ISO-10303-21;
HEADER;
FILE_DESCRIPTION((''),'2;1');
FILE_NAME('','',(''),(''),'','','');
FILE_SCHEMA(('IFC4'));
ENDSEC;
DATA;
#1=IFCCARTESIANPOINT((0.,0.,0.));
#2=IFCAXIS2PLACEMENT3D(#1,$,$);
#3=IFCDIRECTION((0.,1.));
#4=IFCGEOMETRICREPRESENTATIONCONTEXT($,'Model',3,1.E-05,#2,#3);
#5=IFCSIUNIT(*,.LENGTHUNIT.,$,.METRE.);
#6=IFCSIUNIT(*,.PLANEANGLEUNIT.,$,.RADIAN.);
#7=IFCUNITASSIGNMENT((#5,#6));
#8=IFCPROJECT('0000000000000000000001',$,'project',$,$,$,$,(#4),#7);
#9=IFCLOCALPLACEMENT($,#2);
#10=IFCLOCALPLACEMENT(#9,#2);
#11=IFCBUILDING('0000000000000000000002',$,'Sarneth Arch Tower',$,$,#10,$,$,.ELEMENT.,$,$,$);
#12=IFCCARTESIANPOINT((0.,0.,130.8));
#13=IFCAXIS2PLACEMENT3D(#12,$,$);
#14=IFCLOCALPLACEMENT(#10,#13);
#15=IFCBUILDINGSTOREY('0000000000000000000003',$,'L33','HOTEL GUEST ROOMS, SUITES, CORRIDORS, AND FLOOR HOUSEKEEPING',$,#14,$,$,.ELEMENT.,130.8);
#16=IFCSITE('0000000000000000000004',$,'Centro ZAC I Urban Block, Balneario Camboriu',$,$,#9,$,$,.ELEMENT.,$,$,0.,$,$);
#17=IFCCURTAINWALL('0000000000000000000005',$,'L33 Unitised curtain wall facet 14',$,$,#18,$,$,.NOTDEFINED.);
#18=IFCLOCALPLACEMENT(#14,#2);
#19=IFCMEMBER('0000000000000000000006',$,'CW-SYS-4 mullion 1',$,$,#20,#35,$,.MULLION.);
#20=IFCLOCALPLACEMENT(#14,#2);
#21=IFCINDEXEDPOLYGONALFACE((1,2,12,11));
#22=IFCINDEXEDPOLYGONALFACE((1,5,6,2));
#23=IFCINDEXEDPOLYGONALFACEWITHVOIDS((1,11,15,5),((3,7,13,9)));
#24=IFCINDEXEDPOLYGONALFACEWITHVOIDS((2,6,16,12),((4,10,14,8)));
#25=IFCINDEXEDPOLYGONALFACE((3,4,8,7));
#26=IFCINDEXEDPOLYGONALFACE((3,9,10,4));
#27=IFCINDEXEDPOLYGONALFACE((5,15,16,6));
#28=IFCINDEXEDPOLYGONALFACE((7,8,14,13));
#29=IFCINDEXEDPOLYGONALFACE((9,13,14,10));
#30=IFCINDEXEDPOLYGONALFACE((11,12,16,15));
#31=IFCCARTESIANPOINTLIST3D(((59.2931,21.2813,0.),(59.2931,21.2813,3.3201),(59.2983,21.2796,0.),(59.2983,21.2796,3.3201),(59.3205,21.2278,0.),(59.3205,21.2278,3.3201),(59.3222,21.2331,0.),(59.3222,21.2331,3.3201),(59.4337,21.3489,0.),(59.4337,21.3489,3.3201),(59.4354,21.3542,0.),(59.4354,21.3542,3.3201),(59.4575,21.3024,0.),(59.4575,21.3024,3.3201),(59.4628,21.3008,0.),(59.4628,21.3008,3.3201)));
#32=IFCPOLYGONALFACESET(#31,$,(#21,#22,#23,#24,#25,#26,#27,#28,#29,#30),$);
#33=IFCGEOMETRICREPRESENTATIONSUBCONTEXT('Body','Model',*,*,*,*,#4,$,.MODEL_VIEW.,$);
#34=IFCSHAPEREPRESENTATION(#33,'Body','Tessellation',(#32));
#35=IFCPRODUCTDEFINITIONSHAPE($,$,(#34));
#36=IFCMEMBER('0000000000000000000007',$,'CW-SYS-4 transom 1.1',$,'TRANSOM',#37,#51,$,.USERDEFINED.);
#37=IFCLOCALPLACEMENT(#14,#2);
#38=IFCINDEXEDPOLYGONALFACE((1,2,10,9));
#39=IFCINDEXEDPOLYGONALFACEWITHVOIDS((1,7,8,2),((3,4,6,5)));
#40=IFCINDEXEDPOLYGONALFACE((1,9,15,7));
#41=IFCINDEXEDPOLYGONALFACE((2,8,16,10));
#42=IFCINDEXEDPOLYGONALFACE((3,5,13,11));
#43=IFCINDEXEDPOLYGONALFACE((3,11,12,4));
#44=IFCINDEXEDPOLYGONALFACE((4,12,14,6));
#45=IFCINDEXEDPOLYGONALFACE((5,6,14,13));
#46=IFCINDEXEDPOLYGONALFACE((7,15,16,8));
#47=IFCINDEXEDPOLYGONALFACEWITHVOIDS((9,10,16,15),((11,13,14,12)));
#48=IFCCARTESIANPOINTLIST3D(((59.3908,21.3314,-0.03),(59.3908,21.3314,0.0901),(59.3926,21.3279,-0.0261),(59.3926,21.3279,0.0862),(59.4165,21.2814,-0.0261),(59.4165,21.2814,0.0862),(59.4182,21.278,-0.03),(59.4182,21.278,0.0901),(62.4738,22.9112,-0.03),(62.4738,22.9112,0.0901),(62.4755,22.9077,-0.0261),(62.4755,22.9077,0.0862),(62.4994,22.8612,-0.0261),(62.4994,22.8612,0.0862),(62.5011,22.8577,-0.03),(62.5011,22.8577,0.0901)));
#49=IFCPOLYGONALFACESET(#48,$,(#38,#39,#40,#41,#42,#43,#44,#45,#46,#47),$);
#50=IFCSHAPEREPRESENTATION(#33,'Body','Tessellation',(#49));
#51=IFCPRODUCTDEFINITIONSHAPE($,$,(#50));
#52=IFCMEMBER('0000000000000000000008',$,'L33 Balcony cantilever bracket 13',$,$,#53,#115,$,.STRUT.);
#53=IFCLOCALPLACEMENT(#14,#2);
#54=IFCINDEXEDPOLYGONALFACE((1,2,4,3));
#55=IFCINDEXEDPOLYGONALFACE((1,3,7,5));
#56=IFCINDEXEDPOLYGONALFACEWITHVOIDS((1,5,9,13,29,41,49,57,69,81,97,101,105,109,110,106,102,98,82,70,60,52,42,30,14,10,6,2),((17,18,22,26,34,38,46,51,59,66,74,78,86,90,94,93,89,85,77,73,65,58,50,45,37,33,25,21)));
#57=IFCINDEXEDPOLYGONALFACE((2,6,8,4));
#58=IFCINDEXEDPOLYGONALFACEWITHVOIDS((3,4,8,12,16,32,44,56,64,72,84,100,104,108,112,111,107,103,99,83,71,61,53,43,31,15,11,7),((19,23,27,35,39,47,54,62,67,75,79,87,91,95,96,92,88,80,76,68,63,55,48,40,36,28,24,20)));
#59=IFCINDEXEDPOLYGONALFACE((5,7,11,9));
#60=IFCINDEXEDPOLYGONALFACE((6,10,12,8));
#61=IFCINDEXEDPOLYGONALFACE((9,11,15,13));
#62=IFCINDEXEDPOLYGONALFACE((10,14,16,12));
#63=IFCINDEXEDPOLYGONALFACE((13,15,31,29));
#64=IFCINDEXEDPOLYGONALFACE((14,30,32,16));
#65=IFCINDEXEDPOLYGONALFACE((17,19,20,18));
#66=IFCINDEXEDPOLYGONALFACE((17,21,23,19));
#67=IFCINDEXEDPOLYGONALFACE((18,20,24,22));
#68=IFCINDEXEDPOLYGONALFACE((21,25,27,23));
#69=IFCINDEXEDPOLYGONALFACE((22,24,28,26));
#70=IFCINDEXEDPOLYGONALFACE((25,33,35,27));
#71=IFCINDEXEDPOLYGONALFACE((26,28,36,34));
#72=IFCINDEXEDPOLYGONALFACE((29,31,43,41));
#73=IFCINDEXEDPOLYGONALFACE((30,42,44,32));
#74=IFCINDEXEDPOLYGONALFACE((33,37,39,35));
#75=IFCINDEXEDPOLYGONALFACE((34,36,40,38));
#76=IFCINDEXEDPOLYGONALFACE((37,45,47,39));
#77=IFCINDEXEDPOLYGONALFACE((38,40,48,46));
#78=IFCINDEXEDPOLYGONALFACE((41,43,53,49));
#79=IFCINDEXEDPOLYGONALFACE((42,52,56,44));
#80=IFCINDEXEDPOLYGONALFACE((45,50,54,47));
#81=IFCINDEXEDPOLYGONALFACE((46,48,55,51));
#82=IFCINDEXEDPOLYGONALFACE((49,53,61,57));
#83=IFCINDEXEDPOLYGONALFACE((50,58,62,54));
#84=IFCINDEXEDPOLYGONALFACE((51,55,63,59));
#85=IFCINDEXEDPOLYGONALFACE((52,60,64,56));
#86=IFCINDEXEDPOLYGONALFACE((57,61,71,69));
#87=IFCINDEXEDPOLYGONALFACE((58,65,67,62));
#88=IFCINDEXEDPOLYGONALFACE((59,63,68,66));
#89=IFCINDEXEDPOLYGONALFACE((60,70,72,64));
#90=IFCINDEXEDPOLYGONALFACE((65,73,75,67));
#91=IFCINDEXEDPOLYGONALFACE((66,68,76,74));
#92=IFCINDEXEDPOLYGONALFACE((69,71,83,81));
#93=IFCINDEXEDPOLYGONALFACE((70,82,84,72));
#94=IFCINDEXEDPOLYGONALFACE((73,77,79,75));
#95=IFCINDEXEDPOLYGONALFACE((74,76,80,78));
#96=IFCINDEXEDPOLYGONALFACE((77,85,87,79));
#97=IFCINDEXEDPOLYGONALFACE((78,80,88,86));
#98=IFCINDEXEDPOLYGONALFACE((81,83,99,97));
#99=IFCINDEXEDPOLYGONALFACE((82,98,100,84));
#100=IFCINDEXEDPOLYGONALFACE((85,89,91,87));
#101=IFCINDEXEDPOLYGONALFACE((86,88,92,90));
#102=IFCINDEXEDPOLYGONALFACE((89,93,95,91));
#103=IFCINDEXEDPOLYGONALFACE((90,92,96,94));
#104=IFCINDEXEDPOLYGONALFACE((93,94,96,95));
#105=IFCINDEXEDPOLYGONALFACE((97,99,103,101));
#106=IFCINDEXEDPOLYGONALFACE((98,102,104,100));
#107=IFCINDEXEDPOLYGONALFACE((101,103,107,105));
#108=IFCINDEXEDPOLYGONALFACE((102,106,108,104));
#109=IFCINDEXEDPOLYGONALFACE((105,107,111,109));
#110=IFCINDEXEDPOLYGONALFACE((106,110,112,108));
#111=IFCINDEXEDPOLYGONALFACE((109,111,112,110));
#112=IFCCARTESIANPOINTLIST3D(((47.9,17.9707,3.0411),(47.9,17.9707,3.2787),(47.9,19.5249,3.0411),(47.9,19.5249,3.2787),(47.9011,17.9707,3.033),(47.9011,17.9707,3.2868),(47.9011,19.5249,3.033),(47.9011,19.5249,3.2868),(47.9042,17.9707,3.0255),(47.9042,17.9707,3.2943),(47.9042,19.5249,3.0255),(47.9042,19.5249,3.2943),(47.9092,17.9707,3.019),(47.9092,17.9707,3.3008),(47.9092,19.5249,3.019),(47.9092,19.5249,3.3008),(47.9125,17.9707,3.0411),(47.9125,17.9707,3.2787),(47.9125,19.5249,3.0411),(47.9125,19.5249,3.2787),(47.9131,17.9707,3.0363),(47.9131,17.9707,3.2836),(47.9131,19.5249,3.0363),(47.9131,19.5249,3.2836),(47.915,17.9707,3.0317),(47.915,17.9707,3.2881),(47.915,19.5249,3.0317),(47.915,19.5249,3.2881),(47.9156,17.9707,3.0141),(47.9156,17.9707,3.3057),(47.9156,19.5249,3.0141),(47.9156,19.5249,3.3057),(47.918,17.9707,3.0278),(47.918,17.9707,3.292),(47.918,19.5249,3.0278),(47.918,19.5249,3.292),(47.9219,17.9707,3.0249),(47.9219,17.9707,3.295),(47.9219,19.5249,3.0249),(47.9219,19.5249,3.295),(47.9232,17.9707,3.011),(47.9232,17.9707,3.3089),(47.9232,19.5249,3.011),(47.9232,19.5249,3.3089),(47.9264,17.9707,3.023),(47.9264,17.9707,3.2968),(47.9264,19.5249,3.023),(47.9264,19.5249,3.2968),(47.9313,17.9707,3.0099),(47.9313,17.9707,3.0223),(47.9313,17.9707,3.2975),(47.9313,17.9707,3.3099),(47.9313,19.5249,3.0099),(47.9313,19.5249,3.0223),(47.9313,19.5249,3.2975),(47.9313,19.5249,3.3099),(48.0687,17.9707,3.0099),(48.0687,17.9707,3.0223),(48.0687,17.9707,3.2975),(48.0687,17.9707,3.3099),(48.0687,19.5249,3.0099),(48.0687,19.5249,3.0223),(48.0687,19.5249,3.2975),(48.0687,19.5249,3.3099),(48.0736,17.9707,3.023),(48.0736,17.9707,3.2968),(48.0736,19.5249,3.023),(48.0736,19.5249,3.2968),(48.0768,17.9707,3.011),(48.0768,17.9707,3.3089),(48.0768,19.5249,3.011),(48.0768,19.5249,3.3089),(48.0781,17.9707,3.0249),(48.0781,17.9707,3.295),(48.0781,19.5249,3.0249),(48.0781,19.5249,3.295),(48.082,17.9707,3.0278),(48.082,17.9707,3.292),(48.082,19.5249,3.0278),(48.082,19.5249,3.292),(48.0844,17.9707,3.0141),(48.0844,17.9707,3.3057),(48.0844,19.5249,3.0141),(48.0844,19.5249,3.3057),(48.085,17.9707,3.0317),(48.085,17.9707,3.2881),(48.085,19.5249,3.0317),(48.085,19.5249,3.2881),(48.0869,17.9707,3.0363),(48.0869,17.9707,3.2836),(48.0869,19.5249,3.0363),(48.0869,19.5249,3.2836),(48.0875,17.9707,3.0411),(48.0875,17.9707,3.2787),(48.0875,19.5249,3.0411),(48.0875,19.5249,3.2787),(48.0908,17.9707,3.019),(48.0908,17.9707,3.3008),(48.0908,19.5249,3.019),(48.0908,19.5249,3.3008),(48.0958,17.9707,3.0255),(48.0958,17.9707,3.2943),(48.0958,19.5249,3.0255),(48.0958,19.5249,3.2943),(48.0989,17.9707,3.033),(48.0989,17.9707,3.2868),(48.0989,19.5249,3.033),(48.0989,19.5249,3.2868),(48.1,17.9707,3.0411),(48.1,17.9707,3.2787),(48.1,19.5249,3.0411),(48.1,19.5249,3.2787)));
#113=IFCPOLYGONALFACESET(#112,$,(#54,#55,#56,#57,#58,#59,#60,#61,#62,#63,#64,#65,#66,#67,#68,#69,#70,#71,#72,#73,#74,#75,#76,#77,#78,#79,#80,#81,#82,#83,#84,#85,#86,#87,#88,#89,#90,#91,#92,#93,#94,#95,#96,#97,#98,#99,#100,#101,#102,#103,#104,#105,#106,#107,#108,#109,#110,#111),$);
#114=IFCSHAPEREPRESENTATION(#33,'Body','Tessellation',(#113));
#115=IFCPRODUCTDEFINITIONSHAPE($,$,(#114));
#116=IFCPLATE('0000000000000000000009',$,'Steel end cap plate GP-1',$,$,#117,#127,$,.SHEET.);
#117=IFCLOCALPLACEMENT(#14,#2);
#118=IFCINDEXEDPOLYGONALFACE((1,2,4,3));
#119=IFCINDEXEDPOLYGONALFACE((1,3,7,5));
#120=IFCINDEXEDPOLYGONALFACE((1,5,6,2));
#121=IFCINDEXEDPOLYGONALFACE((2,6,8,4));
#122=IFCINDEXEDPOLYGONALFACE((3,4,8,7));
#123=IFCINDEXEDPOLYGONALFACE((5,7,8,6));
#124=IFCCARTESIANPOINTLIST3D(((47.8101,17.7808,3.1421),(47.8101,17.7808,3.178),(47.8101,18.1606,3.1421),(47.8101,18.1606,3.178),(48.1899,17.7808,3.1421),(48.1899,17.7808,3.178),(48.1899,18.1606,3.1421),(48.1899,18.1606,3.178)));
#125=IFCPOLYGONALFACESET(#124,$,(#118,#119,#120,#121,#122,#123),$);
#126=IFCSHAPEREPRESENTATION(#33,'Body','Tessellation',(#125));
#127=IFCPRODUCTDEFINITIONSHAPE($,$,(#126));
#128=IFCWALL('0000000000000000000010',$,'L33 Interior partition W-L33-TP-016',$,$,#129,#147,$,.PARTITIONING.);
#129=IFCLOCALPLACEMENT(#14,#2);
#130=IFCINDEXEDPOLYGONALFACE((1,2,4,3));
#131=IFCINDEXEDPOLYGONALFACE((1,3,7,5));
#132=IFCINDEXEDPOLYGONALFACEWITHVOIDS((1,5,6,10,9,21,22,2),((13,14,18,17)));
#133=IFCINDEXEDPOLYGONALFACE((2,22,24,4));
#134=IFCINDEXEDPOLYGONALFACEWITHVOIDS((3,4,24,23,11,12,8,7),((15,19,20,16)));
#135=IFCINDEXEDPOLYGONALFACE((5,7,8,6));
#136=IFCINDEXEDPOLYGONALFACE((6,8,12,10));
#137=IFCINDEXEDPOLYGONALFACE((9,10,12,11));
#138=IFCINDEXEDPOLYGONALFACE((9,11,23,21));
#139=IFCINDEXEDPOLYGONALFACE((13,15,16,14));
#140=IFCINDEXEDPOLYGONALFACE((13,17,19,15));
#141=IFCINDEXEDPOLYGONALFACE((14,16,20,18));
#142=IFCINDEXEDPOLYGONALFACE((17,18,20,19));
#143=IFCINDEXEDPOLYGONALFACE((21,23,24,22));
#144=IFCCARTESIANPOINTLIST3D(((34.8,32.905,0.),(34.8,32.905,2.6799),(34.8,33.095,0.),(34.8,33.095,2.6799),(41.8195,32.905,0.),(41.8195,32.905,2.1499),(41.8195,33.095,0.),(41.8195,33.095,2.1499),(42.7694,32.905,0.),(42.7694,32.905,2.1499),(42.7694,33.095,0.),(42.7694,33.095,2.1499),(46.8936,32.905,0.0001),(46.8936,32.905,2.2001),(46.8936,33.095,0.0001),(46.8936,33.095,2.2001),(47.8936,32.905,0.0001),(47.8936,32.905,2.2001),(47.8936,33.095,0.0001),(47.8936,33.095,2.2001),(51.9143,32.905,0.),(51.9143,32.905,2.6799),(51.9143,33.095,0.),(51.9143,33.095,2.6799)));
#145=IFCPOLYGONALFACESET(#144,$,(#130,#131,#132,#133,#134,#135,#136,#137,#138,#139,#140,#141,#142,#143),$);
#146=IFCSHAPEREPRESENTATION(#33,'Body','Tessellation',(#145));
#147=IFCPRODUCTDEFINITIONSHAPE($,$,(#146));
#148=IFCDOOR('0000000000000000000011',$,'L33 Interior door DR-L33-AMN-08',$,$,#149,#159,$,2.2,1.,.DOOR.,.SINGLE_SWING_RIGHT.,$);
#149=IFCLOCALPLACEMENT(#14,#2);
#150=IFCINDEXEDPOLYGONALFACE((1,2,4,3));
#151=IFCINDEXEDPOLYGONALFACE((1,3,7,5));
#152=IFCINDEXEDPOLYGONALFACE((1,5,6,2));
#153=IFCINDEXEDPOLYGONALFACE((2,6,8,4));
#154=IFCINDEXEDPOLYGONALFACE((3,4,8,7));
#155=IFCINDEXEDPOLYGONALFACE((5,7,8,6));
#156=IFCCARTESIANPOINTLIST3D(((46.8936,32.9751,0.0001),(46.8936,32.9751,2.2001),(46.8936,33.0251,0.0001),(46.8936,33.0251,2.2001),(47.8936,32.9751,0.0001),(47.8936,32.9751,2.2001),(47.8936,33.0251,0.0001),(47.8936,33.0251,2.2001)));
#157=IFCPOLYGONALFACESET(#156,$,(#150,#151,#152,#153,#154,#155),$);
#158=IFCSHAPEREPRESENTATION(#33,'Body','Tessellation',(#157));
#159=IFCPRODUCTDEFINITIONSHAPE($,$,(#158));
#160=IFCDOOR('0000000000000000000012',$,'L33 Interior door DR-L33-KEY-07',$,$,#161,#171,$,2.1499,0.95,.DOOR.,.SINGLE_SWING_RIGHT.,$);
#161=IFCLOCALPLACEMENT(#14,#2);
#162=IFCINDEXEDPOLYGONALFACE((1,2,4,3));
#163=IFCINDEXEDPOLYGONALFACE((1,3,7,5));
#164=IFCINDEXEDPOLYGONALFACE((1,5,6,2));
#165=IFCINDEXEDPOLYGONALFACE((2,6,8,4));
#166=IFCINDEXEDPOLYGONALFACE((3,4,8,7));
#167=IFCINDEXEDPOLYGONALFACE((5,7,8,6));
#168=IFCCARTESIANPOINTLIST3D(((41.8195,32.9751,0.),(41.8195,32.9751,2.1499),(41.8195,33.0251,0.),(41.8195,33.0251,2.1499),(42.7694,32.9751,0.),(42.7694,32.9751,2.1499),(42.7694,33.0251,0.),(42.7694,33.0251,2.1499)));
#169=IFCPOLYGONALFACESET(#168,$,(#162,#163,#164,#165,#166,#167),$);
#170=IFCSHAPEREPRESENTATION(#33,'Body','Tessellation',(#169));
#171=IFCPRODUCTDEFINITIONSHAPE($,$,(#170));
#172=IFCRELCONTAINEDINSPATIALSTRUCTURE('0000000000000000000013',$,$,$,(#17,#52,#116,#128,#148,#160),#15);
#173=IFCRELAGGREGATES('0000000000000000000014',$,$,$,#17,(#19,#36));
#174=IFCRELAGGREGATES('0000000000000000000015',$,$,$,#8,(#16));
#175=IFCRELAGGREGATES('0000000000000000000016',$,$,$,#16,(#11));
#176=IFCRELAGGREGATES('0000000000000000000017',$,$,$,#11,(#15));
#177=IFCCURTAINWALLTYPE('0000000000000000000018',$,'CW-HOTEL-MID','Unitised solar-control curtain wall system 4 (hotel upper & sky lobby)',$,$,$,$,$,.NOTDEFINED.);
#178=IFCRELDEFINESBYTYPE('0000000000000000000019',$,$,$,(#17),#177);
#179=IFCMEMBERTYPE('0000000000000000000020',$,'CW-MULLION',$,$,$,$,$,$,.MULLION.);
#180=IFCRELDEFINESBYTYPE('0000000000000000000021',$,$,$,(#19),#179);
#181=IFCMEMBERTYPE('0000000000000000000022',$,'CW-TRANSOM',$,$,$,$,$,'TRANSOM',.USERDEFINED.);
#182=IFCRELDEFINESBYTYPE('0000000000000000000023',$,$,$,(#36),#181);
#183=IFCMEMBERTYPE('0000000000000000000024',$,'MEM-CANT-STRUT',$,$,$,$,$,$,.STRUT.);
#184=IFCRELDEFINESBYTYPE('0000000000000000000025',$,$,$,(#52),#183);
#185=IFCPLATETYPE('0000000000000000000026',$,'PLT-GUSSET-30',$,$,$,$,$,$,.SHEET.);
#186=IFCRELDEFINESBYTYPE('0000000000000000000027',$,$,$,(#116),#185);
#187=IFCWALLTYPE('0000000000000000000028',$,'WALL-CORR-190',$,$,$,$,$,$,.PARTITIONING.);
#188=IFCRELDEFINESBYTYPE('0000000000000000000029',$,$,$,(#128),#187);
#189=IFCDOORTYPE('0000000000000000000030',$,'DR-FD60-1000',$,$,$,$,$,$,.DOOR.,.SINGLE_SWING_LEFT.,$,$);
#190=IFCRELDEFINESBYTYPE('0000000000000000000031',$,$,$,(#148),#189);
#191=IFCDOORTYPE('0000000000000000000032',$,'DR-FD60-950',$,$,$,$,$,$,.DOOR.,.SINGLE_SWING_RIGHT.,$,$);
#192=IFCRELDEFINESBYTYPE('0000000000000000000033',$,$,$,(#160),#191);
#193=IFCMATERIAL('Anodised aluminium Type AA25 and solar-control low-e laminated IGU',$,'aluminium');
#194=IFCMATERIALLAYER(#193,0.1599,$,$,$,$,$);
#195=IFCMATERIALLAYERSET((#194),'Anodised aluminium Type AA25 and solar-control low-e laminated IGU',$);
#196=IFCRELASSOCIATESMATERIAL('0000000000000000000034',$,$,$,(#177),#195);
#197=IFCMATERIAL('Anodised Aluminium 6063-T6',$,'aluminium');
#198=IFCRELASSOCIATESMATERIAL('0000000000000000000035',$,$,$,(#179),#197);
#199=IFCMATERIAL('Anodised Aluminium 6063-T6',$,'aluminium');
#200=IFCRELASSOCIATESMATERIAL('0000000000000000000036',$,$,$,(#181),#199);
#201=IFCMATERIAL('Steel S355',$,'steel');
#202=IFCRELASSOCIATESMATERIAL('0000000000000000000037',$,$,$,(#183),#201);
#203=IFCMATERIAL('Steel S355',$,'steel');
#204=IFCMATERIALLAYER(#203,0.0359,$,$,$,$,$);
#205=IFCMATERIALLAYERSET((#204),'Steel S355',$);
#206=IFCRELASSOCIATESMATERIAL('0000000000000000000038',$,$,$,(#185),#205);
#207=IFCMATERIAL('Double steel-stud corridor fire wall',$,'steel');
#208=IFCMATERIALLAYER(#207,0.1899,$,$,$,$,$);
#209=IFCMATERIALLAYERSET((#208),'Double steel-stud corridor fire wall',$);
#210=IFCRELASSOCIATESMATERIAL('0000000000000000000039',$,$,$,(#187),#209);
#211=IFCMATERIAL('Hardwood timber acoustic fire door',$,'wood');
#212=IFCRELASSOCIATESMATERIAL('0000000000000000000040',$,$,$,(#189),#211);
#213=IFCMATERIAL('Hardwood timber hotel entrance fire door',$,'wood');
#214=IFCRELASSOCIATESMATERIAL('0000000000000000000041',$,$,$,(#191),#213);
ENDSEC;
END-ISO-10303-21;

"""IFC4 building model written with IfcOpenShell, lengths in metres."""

from ifc_helpers import new_model, si_unit, direction, frame, frame_2d, origin, origin_2d, place, context, subcontext, project, spatial, rectangle, hollow_rectangle, extrude, material, layer, layer_set, material_profile, profile_set, type_object, element, fill, aggregate, save


model = new_model("IFC4")

# Units and contexts
model_context = context("Model", 3, precision=1e-05, world=origin(), true_north=direction((0.0, 1.0)))
body_context = subcontext(model_context, "Body", "Model", "MODEL_VIEW")
ifc_project = project(units=[si_unit("LENGTHUNIT", "METRE"), si_unit("PLANEANGLEUNIT", "RADIAN")], contexts=[model_context])

# Site, building, storey
site_placement = place(None, origin())
site = spatial("IfcSite", under=ifc_project, at=site_placement, Name="Centro ZAC I Urban Block, Balneario Camboriu", CompositionType="ELEMENT", RefElevation=0.0)
building_placement = place(site_placement, origin())
building = spatial("IfcBuilding", under=site, at=building_placement, Name="Sarneth Arch Tower", CompositionType="ELEMENT")
storey_placement = place(building_placement, frame((0.0, 0.0, 130.8)))
storey = spatial("IfcBuildingStorey", under=building, at=storey_placement, Name="L33", Description="HOTEL GUEST ROOMS, SUITES, CORRIDORS, AND FLOOR HOUSEKEEPING", CompositionType="ELEMENT", Elevation=130.8)

# Curtain wall, members
ifc_material_1 = material(Name="Anodised aluminium Type AA25 and solar-control low-e laminated IGU", Category="aluminium")
ifc_layer_1 = layer(ifc_material_1, 0.1599)
ifc_layer_set_1 = layer_set([ifc_layer_1], Name="Anodised aluminium Type AA25 and solar-control low-e laminated IGU")
curtain_wall_type = type_object("IfcCurtainWallType", Name="CW-HOTEL-MID", Description="Unitised solar-control curtain wall system 4 (hotel upper & sky lobby)", PredefinedType="NOTDEFINED", material=ifc_layer_set_1)
curtain_wall_placement = place(storey_placement, origin())
curtain_wall = element("IfcCurtainWall", 1, at=curtain_wall_placement, inside=storey, type_object=curtain_wall_type, Name="L33 Unitised curtain wall facet 14", PredefinedType="NOTDEFINED")
ifc_material_2 = material(Name="Anodised Aluminium 6063-T6", Category="aluminium")
ifc_material_profile_1 = material_profile(ifc_material_2, hollow_rectangle(XDim=0.0601, YDim=0.1599, WallThickness=0.0039, at=origin_2d()), Name="AL-MULL-160x60x4")
ifc_profile_set_1 = profile_set([ifc_material_profile_1], Name="Anodised Aluminium 6063-T6")
member_type_1 = type_object("IfcMemberType", Name="CW-MULLION", PredefinedType="MULLION", material=ifc_profile_set_1)
member_1_placement = place(storey_placement, frame((59.3779, 21.291, 0.0), z_axis=(0.0, 0.0, 1.0), x_axis=(-0.456031, 0.889964, 0.0)))
member_1 = element("IfcMember", 2, at=member_1_placement, type_object=member_type_1, Name="CW-SYS-4 mullion 1", PredefinedType="MULLION", context=body_context, shape_type="SweptSolid", body=[
    extrude(hollow_rectangle(XDim=0.0601, YDim=0.1599, WallThickness=0.0039, at=origin_2d()), origin(), (0.0, 0.0, 1.0), 3.3201),
])
ifc_material_3 = material(Name="Anodised Aluminium 6063-T6", Category="aluminium")
ifc_material_profile_2 = material_profile(ifc_material_3, hollow_rectangle(XDim=0.0601, YDim=0.1201, WallThickness=0.0039, at=origin_2d()), Name="AL-TRAN-120x60x4")
ifc_profile_set_2 = profile_set([ifc_material_profile_2], Name="Anodised Aluminium 6063-T6")
member_type_2 = type_object("IfcMemberType", Name="CW-TRANSOM", ElementType="TRANSOM", PredefinedType="USERDEFINED", material=ifc_profile_set_2)
member_2_placement = place(storey_placement, frame((59.4045, 21.3047, 0.03), z_axis=(0.889958, 0.456043, 0.0), x_axis=(-0.456043, 0.889958, 0.0)))
member_2 = element("IfcMember", 3, at=member_2_placement, type_object=member_type_2, Name="CW-SYS-4 transom 1.1", ObjectType="TRANSOM", PredefinedType="USERDEFINED", context=body_context, shape_type="SweptSolid", body=[
    extrude(hollow_rectangle(XDim=0.0601, YDim=0.1201, WallThickness=0.0039, at=origin_2d()), origin(), (0.0, 0.0, 1.0), 3.4641),
])
aggregate(curtain_wall, [member_1, member_2])

# Member
ifc_material_4 = material(Name="Steel S355", Category="steel")
ifc_material_profile_3 = material_profile(ifc_material_4, hollow_rectangle(XDim=0.2, YDim=0.3, WallThickness=0.0125, InnerFilletRadius=0.0188, OuterFilletRadius=0.0312, at=origin_2d()), Name="RHS300x200x12.5")
ifc_profile_set_3 = profile_set([ifc_material_profile_3], Name="Steel S355")
member_type_3 = type_object("IfcMemberType", Name="MEM-CANT-STRUT", PredefinedType="STRUT", material=ifc_profile_set_3)
member_3_placement = place(storey_placement, frame((48.0, 19.5249, 3.1599), z_axis=(0.0, -1.0, 0.0), x_axis=(1.0, 0.0, 0.0)))
element("IfcMember", 4, at=member_3_placement, inside=storey, type_object=member_type_3, Name="L33 Balcony cantilever bracket 13", PredefinedType="STRUT", context=body_context, shape_type="SweptSolid", body=[
    extrude(hollow_rectangle(XDim=0.2, YDim=0.3, WallThickness=0.0125, InnerFilletRadius=0.0188, OuterFilletRadius=0.0312, at=origin_2d()), origin(), (0.0, 0.0, 1.0), 1.5542),
])

# Plate
ifc_material_5 = material(Name="Steel S355", Category="steel")
ifc_layer_2 = layer(ifc_material_5, 0.0359)
ifc_layer_set_2 = layer_set([ifc_layer_2], Name="Steel S355")
plate_type = type_object("IfcPlateType", Name="PLT-GUSSET-30", PredefinedType="SHEET", material=ifc_layer_set_2)
plate_placement = place(storey_placement, frame((48.0, 17.9707, 3.1421), z_axis=(0.0, 0.0, 1.0), x_axis=(0.0, -1.0, 0.0)))
element("IfcPlate", 5, at=plate_placement, inside=storey, type_object=plate_type, Name="Steel end cap plate GP-1", PredefinedType="SHEET", context=body_context, shape_type="SweptSolid", body=[
    extrude(rectangle(XDim=0.3799, YDim=0.3799, at=origin_2d()), origin(), (0.0, 0.0, 1.0), 0.0359),
])

# Wall, openings, doors
ifc_material_6 = material(Name="Double steel-stud corridor fire wall", Category="steel")
ifc_layer_3 = layer(ifc_material_6, 0.1899)
ifc_layer_set_3 = layer_set([ifc_layer_3], Name="Double steel-stud corridor fire wall")
wall_type_1 = type_object("IfcWallType", Name="WALL-CORR-190", PredefinedType="PARTITIONING", material=ifc_layer_set_3)
wall_1_placement = place(storey_placement, frame((51.9143, 33.0, 0.0), z_axis=(0.0, 0.0, 1.0), x_axis=(-1.0, 0.0, 0.0)))
wall_1 = element("IfcWall", 6, at=wall_1_placement, inside=storey, type_object=wall_type_1, Name="L33 Interior partition W-L33-TP-016", PredefinedType="PARTITIONING", context=body_context, shape_type="SweptSolid", body=[
    extrude(rectangle(XDim=17.1143, YDim=0.1899, at=frame_2d((8.5571, 0.0))), origin(), (0.0, 0.0, 1.0), 2.6799),
])
opening_1_placement = place(wall_1_placement, frame((4.0208, 0.0, 0.0)))
opening_1 = element("IfcOpeningElement", 7, at=opening_1_placement, cuts=wall_1, PredefinedType="OPENING", context=body_context, shape_type="SweptSolid", body=[
    extrude(rectangle(XDim=1.0, YDim=2.2, at=frame_2d((0.5, 1.1001))), frame((0.0, 0.105, 0.0), z_axis=(0.0, -1.0, 0.0), x_axis=(1.0, 0.0, 0.0)), (0.0, 0.0, 1.0), 0.21),
])
opening_2_placement = place(wall_1_placement, frame((9.1448, 0.0, 0.0)))
opening_2 = element("IfcOpeningElement", 8, at=opening_2_placement, cuts=wall_1, PredefinedType="OPENING", context=body_context, shape_type="SweptSolid", body=[
    extrude(rectangle(XDim=0.95, YDim=2.1499, at=frame_2d((0.4751, 1.075))), frame((0.0, 0.105, 0.0), z_axis=(0.0, -1.0, 0.0), x_axis=(1.0, 0.0, 0.0)), (0.0, 0.0, 1.0), 0.21),
])
ifc_material_7 = material(Name="Hardwood timber acoustic fire door", Category="wood")
door_type_1 = type_object("IfcDoorType", Name="DR-FD60-1000", OperationType="SINGLE_SWING_LEFT", PredefinedType="DOOR", material=ifc_material_7)
door_1_placement = place(opening_1_placement, origin())
door_1 = element("IfcDoor", 9, at=door_1_placement, inside=storey, type_object=door_type_1, Name="L33 Interior door DR-L33-AMN-08", OperationType="SINGLE_SWING_RIGHT", OverallHeight=2.2, OverallWidth=1.0, PredefinedType="DOOR", context=body_context, shape_type="SweptSolid", body=[
    extrude(rectangle(XDim=1.0, YDim=2.2, at=frame_2d((0.5, 1.1001))), frame((0.0, 0.0249, 0.0), z_axis=(0.0, -1.0, 0.0), x_axis=(1.0, 0.0, 0.0)), (0.0, 0.0, 1.0), 0.05),
])
fill(opening_1, door_1)
ifc_material_8 = material(Name="Hardwood timber hotel entrance fire door", Category="wood")
door_type_2 = type_object("IfcDoorType", Name="DR-FD60-950", OperationType="SINGLE_SWING_RIGHT", PredefinedType="DOOR", material=ifc_material_8)
door_2_placement = place(opening_2_placement, origin())
door_2 = element("IfcDoor", 10, at=door_2_placement, inside=storey, type_object=door_type_2, Name="L33 Interior door DR-L33-KEY-07", OperationType="SINGLE_SWING_RIGHT", OverallHeight=2.1499, OverallWidth=0.95, PredefinedType="DOOR", context=body_context, shape_type="SweptSolid", body=[
    extrude(rectangle(XDim=0.95, YDim=2.1499, at=frame_2d((0.4751, 1.075))), frame((0.0, 0.0249, 0.0), z_axis=(0.0, -1.0, 0.0), x_axis=(1.0, 0.0, 0.0)), (0.0, 0.0, 1.0), 0.05),
])
fill(opening_2, door_2)

save(model, "model.ifc")
